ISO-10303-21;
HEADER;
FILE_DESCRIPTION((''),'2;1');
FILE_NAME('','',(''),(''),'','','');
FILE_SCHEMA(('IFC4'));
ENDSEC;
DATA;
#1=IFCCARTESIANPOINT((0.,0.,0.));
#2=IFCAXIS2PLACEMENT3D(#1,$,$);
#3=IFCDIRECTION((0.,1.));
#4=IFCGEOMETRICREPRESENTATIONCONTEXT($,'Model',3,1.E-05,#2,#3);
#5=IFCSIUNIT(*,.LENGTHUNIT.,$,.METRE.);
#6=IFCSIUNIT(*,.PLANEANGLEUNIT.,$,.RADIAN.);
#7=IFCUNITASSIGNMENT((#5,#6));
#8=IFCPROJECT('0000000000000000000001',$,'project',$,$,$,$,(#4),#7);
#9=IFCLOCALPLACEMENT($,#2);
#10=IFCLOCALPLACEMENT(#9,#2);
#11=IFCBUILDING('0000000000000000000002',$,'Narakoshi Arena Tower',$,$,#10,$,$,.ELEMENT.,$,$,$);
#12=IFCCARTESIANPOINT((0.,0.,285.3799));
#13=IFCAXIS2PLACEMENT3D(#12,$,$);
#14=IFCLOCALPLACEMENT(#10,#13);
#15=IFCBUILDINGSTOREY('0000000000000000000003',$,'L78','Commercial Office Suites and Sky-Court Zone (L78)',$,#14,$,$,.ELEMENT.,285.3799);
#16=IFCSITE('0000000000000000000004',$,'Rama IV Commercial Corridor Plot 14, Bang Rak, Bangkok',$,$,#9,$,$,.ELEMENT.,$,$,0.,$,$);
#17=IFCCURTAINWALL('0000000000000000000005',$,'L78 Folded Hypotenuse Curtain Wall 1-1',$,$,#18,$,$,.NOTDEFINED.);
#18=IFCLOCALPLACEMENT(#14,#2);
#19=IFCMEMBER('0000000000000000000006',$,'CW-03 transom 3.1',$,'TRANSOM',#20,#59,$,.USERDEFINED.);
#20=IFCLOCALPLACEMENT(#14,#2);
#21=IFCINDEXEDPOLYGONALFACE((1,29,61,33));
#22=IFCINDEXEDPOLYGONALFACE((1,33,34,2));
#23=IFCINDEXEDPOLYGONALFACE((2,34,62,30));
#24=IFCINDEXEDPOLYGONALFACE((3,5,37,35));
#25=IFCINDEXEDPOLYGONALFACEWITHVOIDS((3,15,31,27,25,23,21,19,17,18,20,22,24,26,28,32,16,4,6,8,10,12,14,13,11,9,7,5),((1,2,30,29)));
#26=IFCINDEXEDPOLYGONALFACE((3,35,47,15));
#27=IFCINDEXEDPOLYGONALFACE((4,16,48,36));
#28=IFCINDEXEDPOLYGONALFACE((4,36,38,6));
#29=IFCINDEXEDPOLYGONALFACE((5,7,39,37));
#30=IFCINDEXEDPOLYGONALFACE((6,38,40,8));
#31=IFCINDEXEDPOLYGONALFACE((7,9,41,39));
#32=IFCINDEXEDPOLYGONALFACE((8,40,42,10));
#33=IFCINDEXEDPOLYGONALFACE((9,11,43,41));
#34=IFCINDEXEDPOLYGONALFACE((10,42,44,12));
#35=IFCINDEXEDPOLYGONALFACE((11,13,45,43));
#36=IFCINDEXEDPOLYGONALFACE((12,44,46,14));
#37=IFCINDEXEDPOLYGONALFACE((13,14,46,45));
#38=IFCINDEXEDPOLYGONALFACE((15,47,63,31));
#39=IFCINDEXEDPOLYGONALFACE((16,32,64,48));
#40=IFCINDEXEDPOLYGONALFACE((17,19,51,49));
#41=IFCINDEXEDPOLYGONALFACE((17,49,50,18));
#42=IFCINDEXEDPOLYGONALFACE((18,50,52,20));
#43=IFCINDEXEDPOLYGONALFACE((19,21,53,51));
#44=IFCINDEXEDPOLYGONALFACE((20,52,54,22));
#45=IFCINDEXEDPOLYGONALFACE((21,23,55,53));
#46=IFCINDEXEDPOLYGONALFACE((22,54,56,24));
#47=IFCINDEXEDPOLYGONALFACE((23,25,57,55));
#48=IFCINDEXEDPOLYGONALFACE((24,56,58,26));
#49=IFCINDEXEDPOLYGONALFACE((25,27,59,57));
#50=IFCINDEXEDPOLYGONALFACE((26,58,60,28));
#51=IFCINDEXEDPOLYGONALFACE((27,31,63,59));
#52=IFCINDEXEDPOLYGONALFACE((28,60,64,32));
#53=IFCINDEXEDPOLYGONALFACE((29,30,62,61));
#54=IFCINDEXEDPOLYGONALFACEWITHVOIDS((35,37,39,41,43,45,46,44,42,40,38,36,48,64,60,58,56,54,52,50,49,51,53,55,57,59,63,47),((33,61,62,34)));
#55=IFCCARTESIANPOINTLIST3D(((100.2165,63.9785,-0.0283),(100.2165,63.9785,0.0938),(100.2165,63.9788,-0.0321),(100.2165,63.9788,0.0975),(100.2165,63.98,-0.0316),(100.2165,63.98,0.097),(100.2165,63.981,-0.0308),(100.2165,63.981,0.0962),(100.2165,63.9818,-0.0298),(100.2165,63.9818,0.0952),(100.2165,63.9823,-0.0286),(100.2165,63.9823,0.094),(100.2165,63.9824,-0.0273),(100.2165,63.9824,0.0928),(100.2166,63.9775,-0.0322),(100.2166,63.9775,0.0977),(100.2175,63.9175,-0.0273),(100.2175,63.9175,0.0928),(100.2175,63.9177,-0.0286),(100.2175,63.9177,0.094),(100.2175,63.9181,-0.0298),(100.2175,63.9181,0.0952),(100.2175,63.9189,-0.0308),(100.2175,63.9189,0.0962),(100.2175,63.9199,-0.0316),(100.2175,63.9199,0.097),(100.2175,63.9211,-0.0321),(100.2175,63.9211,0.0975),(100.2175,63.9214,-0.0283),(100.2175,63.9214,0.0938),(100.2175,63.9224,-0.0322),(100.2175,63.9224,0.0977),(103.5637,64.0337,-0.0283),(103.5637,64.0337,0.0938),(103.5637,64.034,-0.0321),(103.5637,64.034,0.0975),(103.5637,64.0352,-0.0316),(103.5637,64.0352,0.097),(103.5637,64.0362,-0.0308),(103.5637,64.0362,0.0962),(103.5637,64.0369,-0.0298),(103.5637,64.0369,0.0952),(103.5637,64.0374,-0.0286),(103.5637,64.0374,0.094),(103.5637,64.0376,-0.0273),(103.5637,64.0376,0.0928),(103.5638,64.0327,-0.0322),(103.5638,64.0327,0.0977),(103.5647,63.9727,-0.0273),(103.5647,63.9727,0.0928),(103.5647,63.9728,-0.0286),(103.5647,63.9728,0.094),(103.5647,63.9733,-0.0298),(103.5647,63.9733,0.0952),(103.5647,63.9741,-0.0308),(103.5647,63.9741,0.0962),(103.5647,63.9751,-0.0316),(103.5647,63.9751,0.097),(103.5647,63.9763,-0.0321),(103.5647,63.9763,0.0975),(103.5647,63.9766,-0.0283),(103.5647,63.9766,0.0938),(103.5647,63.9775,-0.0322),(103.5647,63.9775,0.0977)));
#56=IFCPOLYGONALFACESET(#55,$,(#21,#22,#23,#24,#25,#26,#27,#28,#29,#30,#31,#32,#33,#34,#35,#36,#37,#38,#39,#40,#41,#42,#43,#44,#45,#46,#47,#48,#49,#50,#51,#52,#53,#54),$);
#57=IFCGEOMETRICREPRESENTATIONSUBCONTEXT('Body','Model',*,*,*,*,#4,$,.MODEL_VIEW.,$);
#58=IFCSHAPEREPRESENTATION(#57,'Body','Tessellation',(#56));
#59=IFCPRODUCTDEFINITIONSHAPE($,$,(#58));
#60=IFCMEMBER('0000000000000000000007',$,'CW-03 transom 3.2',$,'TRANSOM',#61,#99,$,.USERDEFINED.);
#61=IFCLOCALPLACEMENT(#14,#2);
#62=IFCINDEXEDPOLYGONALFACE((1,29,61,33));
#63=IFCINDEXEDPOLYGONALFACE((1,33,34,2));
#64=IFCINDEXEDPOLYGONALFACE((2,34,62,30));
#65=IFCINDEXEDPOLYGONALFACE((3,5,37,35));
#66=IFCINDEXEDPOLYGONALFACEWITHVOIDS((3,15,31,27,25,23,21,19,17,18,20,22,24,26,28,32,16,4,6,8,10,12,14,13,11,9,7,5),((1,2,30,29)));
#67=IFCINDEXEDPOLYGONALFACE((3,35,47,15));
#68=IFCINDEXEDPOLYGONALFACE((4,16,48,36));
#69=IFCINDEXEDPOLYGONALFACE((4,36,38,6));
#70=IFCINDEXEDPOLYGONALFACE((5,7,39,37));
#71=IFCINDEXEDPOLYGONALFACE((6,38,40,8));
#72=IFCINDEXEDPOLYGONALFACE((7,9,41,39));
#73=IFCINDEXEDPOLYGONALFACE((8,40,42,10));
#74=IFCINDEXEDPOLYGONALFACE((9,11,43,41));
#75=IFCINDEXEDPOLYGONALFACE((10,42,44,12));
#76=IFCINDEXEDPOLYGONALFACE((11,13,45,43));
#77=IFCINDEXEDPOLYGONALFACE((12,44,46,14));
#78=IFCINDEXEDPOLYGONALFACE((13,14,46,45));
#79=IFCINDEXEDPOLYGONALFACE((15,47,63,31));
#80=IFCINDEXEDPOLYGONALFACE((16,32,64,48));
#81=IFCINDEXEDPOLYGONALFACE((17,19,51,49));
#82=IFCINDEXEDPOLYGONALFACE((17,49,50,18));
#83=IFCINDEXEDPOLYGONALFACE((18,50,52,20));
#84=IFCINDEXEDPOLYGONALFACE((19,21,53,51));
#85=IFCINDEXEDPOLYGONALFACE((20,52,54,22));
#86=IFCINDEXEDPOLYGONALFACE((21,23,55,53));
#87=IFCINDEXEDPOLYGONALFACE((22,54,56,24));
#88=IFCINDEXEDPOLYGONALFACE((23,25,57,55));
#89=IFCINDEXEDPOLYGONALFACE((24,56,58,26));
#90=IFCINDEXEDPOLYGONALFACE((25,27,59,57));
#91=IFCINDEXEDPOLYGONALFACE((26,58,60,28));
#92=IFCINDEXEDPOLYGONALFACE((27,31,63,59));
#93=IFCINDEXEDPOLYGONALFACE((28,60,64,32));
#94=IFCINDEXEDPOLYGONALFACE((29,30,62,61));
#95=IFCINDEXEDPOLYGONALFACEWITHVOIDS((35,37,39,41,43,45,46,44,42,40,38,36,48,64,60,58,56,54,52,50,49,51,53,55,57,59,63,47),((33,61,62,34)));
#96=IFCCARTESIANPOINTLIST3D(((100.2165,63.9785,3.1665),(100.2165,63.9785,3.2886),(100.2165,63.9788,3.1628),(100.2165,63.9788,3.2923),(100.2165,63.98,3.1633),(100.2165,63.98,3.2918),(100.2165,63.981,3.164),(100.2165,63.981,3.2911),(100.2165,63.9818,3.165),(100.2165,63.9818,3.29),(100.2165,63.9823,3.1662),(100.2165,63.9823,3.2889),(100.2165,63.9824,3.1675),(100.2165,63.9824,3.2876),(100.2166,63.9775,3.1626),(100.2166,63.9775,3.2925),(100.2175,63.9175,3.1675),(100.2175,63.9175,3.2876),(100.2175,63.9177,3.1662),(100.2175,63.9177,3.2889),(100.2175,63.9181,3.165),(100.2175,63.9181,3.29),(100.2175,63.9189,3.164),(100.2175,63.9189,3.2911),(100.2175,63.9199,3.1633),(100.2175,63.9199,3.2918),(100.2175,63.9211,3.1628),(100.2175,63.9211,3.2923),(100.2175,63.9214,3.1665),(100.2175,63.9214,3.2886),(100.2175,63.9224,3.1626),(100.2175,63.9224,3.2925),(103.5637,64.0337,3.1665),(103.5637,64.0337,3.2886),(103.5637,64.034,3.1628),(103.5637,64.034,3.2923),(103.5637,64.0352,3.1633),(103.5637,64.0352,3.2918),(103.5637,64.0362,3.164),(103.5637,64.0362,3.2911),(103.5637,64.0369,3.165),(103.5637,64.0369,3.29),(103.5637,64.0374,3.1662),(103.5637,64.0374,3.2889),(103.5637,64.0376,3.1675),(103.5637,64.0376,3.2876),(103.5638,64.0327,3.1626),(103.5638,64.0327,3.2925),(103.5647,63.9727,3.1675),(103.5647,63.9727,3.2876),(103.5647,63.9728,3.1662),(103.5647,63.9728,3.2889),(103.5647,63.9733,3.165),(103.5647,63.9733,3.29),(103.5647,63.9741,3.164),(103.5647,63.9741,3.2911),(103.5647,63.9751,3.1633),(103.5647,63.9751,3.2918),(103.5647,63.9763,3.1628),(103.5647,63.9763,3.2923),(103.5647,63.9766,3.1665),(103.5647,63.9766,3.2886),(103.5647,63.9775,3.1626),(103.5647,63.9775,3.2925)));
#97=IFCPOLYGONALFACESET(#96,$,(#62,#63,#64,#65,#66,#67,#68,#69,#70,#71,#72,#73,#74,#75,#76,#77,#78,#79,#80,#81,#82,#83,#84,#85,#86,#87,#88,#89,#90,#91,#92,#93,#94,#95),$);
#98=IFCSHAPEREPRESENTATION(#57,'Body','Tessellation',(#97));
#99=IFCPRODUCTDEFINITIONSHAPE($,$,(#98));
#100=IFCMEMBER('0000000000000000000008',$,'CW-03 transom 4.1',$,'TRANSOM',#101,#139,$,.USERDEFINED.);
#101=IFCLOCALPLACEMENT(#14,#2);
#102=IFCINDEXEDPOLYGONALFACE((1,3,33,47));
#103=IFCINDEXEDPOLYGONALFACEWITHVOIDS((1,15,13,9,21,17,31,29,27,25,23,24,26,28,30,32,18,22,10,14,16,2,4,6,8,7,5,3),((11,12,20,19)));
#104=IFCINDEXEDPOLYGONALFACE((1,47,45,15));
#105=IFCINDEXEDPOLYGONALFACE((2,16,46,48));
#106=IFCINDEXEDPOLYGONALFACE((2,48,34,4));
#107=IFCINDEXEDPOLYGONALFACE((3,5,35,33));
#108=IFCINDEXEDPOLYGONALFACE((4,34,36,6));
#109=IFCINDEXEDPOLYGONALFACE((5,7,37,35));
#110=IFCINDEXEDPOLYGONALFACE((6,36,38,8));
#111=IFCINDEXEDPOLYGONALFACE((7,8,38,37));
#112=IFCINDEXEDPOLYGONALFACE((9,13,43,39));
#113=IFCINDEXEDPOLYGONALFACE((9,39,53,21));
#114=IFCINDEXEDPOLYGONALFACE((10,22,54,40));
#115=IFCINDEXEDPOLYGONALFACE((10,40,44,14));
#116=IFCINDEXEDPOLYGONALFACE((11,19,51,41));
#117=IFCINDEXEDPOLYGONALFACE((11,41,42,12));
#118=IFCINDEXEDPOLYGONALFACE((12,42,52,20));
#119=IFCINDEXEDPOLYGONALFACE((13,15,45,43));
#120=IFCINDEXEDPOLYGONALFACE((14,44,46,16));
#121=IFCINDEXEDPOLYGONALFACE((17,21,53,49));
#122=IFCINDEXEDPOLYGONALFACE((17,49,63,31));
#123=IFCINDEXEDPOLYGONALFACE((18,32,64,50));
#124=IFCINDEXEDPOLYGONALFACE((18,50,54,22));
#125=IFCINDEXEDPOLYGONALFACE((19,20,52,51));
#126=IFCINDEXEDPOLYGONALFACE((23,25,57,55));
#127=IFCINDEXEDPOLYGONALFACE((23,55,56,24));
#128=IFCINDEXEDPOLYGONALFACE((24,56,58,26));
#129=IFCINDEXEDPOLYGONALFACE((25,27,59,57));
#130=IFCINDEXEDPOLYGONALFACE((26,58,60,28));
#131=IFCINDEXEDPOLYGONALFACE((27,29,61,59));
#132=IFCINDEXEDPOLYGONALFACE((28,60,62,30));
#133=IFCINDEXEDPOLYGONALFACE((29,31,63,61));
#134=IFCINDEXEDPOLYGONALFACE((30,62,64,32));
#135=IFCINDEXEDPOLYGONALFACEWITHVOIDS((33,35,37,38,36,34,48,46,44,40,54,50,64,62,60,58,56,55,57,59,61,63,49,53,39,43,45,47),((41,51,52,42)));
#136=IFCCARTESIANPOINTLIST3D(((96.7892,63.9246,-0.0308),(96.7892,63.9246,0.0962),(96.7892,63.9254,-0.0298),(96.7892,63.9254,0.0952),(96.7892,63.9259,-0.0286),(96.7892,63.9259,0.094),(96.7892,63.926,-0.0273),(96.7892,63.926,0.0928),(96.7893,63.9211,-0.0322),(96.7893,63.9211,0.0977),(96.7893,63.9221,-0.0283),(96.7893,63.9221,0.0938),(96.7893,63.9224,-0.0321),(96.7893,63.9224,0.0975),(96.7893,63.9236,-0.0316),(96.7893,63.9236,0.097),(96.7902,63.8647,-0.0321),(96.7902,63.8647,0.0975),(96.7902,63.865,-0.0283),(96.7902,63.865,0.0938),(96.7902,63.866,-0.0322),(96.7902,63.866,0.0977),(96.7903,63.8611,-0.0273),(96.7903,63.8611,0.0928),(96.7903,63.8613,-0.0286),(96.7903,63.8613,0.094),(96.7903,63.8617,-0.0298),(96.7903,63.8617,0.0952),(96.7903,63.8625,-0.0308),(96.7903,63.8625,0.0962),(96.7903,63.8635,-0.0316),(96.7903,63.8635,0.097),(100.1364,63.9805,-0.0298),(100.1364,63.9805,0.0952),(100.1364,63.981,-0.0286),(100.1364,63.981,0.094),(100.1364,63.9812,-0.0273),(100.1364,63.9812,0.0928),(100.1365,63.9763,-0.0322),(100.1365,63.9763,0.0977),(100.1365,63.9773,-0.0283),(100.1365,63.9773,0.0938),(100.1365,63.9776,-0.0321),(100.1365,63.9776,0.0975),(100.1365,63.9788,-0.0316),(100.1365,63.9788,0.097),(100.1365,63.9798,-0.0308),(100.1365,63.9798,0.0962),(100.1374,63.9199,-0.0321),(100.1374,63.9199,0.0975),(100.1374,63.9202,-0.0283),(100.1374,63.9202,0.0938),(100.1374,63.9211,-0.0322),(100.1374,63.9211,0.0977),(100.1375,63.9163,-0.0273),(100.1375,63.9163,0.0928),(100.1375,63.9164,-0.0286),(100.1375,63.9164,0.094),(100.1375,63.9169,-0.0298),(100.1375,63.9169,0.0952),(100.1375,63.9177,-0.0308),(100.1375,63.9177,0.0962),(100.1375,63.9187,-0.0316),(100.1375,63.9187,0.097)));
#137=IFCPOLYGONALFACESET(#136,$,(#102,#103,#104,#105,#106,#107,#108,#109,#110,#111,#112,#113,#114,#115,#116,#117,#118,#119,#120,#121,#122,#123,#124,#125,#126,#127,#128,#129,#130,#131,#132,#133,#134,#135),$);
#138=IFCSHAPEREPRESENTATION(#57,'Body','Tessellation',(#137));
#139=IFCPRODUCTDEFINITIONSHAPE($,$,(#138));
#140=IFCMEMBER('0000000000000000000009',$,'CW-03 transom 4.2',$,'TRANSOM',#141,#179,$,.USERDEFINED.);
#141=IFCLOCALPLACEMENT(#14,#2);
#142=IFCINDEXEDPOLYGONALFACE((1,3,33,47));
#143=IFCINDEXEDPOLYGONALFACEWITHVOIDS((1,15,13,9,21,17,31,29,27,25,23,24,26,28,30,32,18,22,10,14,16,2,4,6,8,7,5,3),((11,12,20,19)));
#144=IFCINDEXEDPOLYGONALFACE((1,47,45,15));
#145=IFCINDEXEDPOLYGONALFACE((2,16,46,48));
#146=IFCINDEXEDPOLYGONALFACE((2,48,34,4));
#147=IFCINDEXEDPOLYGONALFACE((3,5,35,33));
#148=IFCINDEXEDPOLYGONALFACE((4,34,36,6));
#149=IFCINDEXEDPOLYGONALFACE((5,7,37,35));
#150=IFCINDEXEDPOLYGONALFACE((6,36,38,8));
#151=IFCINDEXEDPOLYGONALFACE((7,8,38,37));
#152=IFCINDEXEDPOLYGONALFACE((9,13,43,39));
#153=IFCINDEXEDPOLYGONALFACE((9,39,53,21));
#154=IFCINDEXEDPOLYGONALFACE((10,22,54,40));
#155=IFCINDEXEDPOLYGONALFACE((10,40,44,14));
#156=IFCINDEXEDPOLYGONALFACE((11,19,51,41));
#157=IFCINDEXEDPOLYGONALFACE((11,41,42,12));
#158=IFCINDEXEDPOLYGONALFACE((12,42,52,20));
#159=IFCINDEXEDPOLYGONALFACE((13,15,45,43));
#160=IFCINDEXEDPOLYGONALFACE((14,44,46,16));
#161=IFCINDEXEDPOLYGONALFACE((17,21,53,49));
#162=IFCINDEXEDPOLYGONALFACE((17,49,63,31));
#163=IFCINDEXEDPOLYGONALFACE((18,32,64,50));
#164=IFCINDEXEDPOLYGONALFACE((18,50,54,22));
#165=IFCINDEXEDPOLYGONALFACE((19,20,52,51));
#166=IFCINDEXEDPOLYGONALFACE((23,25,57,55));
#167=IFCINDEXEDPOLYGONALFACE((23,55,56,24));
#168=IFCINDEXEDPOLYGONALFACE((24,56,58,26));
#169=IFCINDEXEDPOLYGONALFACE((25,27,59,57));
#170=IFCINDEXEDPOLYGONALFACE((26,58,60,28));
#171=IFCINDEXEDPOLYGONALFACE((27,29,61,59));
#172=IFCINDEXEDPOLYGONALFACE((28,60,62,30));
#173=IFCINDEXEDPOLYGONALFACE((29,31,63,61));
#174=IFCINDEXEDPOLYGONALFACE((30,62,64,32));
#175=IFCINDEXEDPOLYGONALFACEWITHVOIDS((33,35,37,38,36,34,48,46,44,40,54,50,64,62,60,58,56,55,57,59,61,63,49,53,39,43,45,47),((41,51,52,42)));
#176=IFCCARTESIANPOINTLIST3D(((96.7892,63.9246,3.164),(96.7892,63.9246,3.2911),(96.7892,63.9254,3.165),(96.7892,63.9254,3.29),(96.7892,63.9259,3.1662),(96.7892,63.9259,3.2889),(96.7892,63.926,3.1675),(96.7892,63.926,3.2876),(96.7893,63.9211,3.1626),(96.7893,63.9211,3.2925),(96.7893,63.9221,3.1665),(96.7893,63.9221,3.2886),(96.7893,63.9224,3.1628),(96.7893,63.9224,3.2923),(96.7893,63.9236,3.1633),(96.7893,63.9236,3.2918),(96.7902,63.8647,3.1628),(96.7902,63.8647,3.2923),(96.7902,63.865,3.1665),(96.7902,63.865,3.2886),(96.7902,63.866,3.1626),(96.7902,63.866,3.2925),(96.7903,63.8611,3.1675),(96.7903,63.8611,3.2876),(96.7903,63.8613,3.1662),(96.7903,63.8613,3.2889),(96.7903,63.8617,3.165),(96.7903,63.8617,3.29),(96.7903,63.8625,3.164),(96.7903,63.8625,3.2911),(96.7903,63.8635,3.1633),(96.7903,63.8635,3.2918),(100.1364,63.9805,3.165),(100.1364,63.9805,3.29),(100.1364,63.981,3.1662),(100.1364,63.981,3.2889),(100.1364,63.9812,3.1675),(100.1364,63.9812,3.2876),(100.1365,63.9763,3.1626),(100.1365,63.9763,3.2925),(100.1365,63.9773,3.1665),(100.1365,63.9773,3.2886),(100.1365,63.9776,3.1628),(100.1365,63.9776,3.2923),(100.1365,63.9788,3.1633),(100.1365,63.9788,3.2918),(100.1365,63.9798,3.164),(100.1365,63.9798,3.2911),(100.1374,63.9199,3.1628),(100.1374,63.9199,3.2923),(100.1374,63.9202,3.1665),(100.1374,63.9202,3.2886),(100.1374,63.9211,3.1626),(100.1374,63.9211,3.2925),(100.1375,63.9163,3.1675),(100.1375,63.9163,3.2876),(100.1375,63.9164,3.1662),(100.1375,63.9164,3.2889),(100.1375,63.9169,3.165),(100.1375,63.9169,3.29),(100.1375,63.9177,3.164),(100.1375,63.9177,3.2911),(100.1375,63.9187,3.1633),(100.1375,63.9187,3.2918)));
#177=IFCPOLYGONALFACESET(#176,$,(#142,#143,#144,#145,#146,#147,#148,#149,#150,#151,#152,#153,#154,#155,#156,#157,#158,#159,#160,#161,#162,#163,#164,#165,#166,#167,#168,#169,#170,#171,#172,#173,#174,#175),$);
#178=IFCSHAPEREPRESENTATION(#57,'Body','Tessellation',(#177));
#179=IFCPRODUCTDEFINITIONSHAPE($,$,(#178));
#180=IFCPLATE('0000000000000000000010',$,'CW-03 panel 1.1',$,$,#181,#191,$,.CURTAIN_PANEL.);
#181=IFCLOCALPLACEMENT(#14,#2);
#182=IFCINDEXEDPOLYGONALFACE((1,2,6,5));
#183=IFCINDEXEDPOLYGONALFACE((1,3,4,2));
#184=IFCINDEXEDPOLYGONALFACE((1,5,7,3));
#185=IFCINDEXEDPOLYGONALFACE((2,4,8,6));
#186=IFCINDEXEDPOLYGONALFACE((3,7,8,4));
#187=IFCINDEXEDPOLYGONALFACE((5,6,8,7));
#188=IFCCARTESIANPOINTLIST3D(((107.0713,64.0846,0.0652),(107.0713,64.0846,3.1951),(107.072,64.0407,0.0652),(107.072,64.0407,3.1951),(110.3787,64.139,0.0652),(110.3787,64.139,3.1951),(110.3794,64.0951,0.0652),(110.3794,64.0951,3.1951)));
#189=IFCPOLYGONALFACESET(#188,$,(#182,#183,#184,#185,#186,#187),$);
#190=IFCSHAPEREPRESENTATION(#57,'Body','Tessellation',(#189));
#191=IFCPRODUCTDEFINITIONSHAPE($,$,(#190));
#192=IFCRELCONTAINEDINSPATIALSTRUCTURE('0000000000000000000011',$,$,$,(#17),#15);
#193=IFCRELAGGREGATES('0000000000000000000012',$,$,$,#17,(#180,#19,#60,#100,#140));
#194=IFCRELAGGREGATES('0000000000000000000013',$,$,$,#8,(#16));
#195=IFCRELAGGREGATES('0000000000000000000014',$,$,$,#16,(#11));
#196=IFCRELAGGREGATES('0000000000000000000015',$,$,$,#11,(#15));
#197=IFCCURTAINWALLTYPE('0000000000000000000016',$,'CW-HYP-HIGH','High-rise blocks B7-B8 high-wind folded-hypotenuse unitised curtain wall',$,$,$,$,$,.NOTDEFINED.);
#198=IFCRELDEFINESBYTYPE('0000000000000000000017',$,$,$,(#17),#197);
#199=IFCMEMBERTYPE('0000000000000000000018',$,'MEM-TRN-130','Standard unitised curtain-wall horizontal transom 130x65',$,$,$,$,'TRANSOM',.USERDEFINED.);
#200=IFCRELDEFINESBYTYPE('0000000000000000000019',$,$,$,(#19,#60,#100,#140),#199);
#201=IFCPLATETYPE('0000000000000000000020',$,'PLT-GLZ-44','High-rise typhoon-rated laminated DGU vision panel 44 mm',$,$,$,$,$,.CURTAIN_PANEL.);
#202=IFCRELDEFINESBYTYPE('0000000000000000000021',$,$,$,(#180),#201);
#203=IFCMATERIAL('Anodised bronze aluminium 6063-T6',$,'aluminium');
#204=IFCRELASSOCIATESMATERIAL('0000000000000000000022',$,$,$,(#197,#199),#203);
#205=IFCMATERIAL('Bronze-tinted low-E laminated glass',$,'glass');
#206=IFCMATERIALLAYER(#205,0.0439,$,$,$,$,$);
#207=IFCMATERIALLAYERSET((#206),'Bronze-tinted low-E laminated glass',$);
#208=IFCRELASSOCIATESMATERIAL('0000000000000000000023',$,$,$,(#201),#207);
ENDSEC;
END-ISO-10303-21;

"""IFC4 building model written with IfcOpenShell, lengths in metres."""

from ifc_helpers import new_model, si_unit, direction, frame, origin, origin_2d, place, context, subcontext, project, spatial, rectangle, hollow_rectangle, extrude, material, layer, layer_set, material_profile, profile_set, type_object, element, aggregate, save


model = new_model("IFC4")

# Units and contexts
model_context = context("Model", 3, precision=1e-05, world=origin(), true_north=direction((0.0, 1.0)))
body_context = subcontext(model_context, "Body", "Model", "MODEL_VIEW")
ifc_project = project(units=[si_unit("LENGTHUNIT", "METRE"), si_unit("PLANEANGLEUNIT", "RADIAN")], contexts=[model_context])

# Site, building, storey
site_placement = place(None, origin())
site = spatial("IfcSite", under=ifc_project, at=site_placement, Name="Rama IV Commercial Corridor Plot 14, Bang Rak, Bangkok", CompositionType="ELEMENT", RefElevation=0.0)
building_placement = place(site_placement, origin())
building = spatial("IfcBuilding", under=site, at=building_placement, Name="Narakoshi Arena Tower", CompositionType="ELEMENT")
storey_placement = place(building_placement, frame((0.0, 0.0, 285.3799)))
storey = spatial("IfcBuildingStorey", under=building, at=storey_placement, Name="L78", Description="Commercial Office Suites and Sky-Court Zone (L78)", CompositionType="ELEMENT", Elevation=285.3799)

# Curtain wall, members, plate
ifc_material_1 = material(Name="Anodised bronze aluminium 6063-T6", Category="aluminium")
curtain_wall_type = type_object("IfcCurtainWallType", Name="CW-HYP-HIGH", Description="High-rise blocks B7-B8 high-wind folded-hypotenuse unitised curtain wall", PredefinedType="NOTDEFINED", material=ifc_material_1)
curtain_wall_placement = place(storey_placement, origin())
curtain_wall = element("IfcCurtainWall", 1, at=curtain_wall_placement, inside=storey, type_object=curtain_wall_type, Name="L78 Folded Hypotenuse Curtain Wall 1-1", PredefinedType="NOTDEFINED")
ifc_material_profile_1 = material_profile(ifc_material_1, hollow_rectangle(XDim=0.0649, YDim=0.1299, WallThickness=0.0039, OuterFilletRadius=0.0049, at=origin_2d()), Name="TRN130x65x4")
ifc_profile_set_1 = profile_set([ifc_material_profile_1], Name="Anodised bronze aluminium 6063-T6")
member_type_1 = type_object("IfcMemberType", Name="MEM-TRN-130", Description="Standard unitised curtain-wall horizontal transom 130x65", ElementType="TRANSOM", PredefinedType="USERDEFINED", material=ifc_profile_set_1)
member_1_placement = place(storey_placement, frame((103.5642, 64.0051, 0.0327), z_axis=(-0.999864, -0.016482, 0.0), x_axis=(0.016482, -0.999864, 0.0)))
member_1 = element("IfcMember", 2, at=member_1_placement, type_object=member_type_1, Name="CW-03 transom 3.1", ObjectType="TRANSOM", PredefinedType="USERDEFINED", context=body_context, shape_type="SweptSolid", body=[
    extrude(hollow_rectangle(XDim=0.0649, YDim=0.1299, WallThickness=0.0039, OuterFilletRadius=0.0049, at=origin_2d()), origin(), (0.0, 0.0, 1.0), 3.3477),
])
member_2_placement = place(storey_placement, frame((103.5642, 64.0051, 3.2275), z_axis=(-0.999864, -0.016482, 0.0), x_axis=(0.016482, -0.999864, 0.0)))
member_2 = element("IfcMember", 3, at=member_2_placement, type_object=member_type_1, Name="CW-03 transom 3.2", ObjectType="TRANSOM", PredefinedType="USERDEFINED", context=body_context, shape_type="SweptSolid", body=[
    extrude(hollow_rectangle(XDim=0.0649, YDim=0.1299, WallThickness=0.0039, OuterFilletRadius=0.0049, at=origin_2d()), origin(), (0.0, 0.0, 1.0), 3.3477),
])
member_3_placement = place(storey_placement, frame((100.137, 63.9487, 0.0327), z_axis=(-0.999864, -0.016482, 0.0), x_axis=(0.016482, -0.999864, 0.0)))
member_3 = element("IfcMember", 4, at=member_3_placement, type_object=member_type_1, Name="CW-03 transom 4.1", ObjectType="TRANSOM", PredefinedType="USERDEFINED", context=body_context, shape_type="SweptSolid", body=[
    extrude(hollow_rectangle(XDim=0.0649, YDim=0.1299, WallThickness=0.0039, OuterFilletRadius=0.0049, at=origin_2d()), origin(), (0.0, 0.0, 1.0), 3.3477),
])
member_4_placement = place(storey_placement, frame((100.137, 63.9487, 3.2275), z_axis=(-0.999864, -0.016482, 0.0), x_axis=(0.016482, -0.999864, 0.0)))
member_4 = element("IfcMember", 5, at=member_4_placement, type_object=member_type_1, Name="CW-03 transom 4.2", ObjectType="TRANSOM", PredefinedType="USERDEFINED", context=body_context, shape_type="SweptSolid", body=[
    extrude(hollow_rectangle(XDim=0.0649, YDim=0.1299, WallThickness=0.0039, OuterFilletRadius=0.0049, at=origin_2d()), origin(), (0.0, 0.0, 1.0), 3.3477),
])
ifc_material_2 = material(Name="Bronze-tinted low-E laminated glass", Category="glass")
ifc_layer_1 = layer(ifc_material_2, 0.0439)
ifc_layer_set_1 = layer_set([ifc_layer_1], Name="Bronze-tinted low-E laminated glass")
plate_type = type_object("IfcPlateType", Name="PLT-GLZ-44", Description="High-rise typhoon-rated laminated DGU vision panel 44 mm", PredefinedType="CURTAIN_PANEL", material=ifc_layer_set_1)
plate_1_placement = place(storey_placement, frame((108.7253, 64.0898, 0.0652), z_axis=(0.0, 0.0, 1.0), x_axis=(-0.999865, -0.016443, 0.0)))
plate_1 = element("IfcPlate", 6, at=plate_1_placement, type_object=plate_type, Name="CW-03 panel 1.1", PredefinedType="CURTAIN_PANEL", context=body_context, shape_type="SweptSolid", body=[
    extrude(rectangle(XDim=3.3079, YDim=0.0439, at=origin_2d()), origin(), (0.0, 0.0, 1.0), 3.1299),
])
aggregate(curtain_wall, [plate_1, member_1, member_2, member_3, member_4])

save(model, "model.ifc")
